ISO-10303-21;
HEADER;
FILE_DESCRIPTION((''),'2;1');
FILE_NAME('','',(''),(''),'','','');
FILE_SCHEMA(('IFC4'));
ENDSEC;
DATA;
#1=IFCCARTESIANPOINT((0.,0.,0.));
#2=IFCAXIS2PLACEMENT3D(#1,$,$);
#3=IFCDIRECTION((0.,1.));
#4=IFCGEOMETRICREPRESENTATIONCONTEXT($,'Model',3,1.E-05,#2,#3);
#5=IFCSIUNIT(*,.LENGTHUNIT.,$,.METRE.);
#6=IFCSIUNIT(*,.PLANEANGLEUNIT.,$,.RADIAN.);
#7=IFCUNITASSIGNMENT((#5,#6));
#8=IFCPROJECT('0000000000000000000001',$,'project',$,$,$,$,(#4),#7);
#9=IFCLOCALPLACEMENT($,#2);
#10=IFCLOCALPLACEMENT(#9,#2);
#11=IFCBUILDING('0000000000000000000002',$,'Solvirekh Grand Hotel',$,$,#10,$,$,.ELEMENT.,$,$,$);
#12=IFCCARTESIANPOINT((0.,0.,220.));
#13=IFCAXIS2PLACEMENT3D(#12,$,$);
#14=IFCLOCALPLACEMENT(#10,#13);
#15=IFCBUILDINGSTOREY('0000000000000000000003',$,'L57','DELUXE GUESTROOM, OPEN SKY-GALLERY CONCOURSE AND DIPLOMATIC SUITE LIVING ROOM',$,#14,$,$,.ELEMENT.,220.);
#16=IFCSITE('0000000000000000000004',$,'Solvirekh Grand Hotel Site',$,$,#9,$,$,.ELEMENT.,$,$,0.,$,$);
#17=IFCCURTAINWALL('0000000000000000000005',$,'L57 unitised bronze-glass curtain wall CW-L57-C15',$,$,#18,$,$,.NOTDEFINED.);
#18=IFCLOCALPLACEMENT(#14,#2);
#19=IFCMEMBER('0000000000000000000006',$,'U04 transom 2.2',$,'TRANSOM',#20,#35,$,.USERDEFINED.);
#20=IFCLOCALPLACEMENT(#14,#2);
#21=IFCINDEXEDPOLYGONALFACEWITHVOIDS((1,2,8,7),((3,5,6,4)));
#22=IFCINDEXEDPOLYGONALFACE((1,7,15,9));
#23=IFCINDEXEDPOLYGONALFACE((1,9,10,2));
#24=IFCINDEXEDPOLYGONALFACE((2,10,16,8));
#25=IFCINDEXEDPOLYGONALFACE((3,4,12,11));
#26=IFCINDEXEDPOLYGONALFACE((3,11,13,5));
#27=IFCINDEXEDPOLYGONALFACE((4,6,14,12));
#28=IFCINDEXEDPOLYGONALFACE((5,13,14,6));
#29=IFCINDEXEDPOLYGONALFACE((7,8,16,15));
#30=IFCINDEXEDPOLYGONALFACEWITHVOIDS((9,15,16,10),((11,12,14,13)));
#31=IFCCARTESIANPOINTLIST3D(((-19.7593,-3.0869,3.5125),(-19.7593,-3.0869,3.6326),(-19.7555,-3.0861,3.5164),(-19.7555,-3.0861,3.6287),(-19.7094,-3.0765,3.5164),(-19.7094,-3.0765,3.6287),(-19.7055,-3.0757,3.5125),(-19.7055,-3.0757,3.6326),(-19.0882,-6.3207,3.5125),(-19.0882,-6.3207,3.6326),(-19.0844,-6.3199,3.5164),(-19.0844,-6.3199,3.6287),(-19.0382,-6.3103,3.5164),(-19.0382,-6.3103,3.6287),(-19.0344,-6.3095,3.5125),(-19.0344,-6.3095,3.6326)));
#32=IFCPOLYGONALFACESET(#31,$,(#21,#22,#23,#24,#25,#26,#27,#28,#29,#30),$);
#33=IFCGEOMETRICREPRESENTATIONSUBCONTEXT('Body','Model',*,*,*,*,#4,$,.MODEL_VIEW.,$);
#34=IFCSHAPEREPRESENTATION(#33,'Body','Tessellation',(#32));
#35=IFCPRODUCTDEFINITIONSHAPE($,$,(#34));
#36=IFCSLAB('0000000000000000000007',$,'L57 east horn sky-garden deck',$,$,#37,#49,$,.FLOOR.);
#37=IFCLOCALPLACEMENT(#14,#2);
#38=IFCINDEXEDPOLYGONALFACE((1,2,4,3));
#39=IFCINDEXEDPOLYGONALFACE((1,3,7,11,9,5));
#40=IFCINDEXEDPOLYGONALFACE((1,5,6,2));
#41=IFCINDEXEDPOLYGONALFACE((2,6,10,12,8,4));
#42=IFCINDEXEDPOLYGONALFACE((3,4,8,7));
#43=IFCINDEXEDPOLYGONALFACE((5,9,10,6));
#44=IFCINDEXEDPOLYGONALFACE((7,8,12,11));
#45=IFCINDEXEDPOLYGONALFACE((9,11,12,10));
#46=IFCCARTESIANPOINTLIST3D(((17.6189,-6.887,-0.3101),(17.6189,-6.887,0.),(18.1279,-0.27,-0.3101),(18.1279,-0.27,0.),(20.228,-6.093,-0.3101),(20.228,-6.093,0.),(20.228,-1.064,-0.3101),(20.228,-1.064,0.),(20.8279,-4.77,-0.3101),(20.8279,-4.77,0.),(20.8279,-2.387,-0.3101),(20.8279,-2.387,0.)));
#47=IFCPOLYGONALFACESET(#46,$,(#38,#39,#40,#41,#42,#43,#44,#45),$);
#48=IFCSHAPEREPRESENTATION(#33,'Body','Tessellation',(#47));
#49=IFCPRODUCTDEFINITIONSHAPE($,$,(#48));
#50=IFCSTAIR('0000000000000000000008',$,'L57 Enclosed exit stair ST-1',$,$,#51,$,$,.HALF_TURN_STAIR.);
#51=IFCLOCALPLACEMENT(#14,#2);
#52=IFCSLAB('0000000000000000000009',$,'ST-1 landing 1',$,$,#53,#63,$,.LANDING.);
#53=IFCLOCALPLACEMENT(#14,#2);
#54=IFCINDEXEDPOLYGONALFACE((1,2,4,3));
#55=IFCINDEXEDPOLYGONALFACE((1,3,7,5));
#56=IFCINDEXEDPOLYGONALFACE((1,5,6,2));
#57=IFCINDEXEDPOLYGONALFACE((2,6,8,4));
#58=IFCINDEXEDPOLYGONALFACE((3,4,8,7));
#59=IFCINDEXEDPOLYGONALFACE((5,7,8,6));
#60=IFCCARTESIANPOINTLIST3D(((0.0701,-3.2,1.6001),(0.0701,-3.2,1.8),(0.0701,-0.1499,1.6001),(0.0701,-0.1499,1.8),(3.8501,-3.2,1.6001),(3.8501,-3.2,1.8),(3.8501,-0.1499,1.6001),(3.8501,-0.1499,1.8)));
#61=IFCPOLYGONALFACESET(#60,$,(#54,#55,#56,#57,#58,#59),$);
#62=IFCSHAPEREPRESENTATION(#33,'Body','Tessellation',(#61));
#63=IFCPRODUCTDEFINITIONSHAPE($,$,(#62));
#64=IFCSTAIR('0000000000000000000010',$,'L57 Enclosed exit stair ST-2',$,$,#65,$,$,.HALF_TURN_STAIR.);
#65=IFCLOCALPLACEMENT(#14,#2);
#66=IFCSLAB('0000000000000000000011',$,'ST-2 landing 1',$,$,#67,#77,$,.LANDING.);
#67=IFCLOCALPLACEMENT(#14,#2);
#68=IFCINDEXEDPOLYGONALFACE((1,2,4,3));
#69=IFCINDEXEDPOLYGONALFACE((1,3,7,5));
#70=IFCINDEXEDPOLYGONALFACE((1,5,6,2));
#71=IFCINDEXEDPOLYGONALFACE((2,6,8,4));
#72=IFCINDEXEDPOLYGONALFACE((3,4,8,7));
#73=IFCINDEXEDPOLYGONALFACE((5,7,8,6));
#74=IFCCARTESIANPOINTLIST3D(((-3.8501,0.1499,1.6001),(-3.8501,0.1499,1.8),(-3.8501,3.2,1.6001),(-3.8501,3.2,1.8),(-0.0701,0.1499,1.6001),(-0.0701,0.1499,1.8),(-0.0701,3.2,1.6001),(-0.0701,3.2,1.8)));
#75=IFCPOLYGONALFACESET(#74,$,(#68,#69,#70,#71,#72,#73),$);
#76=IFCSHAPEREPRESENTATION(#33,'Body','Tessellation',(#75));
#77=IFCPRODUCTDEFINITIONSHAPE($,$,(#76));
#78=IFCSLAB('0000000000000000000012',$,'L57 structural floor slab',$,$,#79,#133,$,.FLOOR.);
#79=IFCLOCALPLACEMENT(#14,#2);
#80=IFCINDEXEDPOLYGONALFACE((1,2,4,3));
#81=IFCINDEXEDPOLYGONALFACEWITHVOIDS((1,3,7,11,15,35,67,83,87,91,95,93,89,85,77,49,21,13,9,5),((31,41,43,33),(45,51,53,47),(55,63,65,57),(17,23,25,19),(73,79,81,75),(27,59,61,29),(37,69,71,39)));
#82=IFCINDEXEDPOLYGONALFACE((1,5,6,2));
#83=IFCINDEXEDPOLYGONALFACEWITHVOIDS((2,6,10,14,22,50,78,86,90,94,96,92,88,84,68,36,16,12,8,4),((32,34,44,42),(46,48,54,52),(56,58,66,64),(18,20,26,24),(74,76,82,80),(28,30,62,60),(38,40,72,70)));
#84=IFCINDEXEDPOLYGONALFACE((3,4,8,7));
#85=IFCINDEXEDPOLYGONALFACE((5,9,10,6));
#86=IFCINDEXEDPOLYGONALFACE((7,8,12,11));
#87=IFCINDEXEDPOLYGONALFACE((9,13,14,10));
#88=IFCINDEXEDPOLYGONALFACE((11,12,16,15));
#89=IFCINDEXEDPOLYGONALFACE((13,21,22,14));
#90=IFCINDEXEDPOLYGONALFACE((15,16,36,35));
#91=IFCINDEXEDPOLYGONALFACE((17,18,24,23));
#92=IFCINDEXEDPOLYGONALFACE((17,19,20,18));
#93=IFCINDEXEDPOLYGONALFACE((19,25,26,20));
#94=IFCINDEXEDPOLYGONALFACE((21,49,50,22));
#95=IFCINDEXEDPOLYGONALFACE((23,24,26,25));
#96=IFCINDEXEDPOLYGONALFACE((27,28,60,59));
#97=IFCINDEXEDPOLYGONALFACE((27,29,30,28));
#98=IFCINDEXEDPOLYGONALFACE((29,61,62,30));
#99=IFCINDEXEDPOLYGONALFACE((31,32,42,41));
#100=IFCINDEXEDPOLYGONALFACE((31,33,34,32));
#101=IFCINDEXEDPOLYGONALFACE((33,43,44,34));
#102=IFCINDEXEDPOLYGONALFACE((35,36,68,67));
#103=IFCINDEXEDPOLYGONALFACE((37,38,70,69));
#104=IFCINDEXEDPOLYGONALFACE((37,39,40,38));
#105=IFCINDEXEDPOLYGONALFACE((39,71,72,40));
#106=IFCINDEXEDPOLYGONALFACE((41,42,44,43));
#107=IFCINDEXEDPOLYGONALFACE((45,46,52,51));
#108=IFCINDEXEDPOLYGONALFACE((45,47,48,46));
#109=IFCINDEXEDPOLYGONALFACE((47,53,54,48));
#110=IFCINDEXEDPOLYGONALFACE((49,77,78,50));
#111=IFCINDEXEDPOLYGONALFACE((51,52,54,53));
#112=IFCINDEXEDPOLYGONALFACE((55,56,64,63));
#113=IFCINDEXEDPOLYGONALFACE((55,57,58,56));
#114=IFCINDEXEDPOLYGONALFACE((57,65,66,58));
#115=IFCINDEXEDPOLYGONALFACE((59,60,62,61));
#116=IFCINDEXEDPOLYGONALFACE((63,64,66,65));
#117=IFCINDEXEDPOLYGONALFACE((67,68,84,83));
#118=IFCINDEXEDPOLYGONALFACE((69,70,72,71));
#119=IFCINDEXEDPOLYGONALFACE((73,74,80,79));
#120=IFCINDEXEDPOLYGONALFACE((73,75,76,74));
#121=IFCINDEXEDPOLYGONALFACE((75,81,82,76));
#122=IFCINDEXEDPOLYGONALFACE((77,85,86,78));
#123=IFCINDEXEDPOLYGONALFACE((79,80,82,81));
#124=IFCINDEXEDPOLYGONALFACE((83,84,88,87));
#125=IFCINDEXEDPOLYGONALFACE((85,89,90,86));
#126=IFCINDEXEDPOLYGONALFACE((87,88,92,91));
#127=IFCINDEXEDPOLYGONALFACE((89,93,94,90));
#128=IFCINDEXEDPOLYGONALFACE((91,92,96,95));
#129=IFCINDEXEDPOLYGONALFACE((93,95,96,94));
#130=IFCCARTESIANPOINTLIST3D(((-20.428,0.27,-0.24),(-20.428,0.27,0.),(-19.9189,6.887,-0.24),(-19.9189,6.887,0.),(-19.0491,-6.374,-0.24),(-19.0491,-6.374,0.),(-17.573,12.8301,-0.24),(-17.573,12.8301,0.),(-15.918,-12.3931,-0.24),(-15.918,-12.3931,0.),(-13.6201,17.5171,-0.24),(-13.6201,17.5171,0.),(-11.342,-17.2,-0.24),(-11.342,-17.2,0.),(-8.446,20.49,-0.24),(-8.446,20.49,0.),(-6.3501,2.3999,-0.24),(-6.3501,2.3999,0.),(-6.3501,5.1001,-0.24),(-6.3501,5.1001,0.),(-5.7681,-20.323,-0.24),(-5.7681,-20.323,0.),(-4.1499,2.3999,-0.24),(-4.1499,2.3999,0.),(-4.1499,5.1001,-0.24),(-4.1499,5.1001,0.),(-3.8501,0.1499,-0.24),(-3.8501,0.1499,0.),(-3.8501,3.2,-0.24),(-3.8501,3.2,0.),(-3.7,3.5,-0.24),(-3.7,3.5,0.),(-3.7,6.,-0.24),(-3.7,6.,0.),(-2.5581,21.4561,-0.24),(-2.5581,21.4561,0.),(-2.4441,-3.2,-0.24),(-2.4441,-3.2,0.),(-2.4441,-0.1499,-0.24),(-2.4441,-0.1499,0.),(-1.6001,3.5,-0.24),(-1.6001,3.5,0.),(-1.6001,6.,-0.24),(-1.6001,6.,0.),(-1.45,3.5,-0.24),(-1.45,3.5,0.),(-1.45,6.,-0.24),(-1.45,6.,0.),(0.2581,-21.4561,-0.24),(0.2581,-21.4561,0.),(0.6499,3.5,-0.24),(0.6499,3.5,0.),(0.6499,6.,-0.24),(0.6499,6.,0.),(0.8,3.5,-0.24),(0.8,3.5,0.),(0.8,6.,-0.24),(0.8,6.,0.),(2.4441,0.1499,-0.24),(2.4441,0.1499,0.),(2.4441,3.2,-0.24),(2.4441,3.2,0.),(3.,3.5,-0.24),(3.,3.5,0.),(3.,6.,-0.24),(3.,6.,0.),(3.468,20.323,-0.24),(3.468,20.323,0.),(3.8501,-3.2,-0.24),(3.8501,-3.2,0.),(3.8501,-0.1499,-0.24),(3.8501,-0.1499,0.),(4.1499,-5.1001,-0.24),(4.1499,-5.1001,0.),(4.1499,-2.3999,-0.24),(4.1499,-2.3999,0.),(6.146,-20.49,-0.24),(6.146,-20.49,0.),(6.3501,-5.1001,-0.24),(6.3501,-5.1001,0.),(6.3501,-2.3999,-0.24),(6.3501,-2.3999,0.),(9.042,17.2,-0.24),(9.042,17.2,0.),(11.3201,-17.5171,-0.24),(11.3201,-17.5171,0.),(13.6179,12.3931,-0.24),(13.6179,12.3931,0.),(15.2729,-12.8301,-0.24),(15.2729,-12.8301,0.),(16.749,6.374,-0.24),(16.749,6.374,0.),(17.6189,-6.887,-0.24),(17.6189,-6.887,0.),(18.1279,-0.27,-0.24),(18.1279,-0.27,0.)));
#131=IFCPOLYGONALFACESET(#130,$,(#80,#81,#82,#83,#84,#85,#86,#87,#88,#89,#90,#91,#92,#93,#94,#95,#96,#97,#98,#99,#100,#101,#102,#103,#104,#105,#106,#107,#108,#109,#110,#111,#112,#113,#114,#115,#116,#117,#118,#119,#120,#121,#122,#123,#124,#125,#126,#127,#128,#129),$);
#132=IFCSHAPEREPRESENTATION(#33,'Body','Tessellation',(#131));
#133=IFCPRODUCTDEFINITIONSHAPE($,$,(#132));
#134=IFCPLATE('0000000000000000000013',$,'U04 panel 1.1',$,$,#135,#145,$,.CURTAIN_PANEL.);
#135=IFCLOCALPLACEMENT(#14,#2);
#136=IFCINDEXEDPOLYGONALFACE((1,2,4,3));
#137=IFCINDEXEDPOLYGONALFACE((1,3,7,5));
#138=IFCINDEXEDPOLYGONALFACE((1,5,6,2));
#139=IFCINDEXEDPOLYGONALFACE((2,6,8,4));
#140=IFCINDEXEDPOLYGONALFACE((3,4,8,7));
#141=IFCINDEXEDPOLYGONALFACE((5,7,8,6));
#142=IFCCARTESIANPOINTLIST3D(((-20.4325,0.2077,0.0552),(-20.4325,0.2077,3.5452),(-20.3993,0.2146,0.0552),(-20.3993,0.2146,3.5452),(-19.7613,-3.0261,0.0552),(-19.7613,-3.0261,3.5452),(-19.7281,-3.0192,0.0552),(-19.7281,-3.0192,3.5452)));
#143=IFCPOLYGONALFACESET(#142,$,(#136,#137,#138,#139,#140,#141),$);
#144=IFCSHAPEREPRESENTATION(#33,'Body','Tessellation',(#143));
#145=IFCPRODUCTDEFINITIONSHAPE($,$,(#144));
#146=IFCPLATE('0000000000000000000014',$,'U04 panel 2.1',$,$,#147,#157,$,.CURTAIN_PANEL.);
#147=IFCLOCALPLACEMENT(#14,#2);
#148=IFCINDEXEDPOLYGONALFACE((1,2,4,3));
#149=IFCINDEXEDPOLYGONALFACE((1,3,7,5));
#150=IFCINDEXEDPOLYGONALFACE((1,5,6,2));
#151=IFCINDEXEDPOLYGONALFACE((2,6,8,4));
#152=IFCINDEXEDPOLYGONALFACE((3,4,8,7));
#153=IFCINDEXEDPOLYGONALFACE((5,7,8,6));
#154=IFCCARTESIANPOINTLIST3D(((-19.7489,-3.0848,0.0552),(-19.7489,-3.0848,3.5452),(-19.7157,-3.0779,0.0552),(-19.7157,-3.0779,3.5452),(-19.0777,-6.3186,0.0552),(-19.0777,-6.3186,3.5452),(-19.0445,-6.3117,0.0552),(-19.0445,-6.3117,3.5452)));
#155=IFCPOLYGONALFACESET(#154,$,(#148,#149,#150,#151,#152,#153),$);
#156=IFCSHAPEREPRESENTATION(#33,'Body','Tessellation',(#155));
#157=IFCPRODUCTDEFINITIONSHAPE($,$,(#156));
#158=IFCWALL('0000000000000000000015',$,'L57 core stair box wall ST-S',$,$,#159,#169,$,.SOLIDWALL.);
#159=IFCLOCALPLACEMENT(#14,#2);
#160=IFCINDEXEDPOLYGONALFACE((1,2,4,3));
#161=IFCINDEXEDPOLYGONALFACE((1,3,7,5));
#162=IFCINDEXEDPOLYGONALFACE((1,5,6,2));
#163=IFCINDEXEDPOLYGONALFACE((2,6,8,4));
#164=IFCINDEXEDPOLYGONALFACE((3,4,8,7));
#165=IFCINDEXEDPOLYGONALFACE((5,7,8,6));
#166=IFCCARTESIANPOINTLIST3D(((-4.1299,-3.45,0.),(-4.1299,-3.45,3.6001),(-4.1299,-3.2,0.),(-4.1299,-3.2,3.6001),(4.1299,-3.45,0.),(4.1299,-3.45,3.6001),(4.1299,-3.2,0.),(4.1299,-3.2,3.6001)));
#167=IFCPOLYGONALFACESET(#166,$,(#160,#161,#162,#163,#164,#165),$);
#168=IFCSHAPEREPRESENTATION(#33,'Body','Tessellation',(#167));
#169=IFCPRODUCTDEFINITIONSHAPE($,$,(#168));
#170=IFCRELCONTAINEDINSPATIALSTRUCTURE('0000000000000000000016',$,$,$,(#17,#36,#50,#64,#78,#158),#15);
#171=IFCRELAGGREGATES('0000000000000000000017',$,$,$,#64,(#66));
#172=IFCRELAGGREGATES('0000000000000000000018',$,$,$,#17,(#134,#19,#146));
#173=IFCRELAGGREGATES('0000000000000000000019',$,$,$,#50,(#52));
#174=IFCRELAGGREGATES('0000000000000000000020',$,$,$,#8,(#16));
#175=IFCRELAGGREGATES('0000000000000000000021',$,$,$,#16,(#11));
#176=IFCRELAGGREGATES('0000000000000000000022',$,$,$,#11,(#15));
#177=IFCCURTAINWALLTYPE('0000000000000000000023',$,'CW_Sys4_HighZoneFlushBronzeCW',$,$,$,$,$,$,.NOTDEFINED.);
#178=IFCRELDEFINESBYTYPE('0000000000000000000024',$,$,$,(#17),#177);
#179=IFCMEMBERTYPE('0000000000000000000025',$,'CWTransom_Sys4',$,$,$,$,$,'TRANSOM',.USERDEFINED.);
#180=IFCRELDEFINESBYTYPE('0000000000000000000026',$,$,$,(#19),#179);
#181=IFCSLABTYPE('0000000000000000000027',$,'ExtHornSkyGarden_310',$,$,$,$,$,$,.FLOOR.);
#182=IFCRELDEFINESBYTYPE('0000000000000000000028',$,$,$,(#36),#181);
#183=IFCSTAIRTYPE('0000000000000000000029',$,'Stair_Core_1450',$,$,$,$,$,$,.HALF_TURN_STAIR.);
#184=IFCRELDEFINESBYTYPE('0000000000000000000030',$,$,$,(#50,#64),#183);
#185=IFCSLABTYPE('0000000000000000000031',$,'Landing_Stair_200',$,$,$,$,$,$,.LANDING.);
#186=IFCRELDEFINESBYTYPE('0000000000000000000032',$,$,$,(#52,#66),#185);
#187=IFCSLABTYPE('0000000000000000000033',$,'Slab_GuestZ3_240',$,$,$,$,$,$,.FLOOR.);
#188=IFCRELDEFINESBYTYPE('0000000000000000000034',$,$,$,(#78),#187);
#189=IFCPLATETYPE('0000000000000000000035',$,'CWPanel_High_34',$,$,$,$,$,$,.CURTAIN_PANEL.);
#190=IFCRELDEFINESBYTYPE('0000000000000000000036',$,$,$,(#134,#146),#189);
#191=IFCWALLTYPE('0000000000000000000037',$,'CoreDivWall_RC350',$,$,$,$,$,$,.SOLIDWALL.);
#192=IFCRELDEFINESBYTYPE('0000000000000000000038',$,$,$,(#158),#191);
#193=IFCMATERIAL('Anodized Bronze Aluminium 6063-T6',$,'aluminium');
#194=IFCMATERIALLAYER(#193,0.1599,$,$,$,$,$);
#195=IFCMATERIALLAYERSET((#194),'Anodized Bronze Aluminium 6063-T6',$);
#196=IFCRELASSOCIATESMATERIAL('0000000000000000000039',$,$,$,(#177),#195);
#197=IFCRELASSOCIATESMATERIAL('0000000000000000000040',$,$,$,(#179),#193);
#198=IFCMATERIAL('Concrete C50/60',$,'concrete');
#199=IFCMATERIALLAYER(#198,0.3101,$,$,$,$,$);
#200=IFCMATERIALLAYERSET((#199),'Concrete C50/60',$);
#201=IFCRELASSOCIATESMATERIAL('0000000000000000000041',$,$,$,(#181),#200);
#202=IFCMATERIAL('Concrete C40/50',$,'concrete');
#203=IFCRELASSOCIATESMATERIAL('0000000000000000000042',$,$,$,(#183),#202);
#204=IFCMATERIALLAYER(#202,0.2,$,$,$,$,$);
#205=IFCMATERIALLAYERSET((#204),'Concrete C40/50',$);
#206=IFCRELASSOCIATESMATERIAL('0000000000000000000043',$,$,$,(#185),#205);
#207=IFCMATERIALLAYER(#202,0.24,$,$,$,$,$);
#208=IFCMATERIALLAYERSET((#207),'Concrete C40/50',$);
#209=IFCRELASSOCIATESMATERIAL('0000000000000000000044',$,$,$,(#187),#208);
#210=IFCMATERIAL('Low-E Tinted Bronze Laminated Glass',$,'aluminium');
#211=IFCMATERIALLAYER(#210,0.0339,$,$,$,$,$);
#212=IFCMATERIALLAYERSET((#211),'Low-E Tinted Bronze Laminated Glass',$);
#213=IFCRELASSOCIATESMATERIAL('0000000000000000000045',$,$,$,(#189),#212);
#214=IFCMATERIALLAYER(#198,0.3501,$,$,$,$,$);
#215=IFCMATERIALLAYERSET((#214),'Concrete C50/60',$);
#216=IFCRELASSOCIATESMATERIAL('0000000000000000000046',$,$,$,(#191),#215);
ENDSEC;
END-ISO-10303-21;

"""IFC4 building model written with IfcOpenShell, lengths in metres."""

from ifc_helpers import new_model, si_unit, direction, frame, frame_2d, origin, origin_2d, place, context, subcontext, project, spatial, polyline, rectangle, hollow_rectangle, outline, extrude, source, transform, mapped, material, layer, layer_set, material_profile, profile_set, type_object, element, aggregate, save


model = new_model("IFC4")

# Units and contexts
model_context = context("Model", 3, precision=1e-05, world=origin(), true_north=direction((0.0, 1.0)))
body_context = subcontext(model_context, "Body", "Model", "MODEL_VIEW")
ifc_project = project(units=[si_unit("LENGTHUNIT", "METRE"), si_unit("PLANEANGLEUNIT", "RADIAN")], contexts=[model_context])

# Site, building, storey
site_placement = place(None, origin())
site = spatial("IfcSite", under=ifc_project, at=site_placement, Name="Solvirekh Grand Hotel Site", CompositionType="ELEMENT", RefElevation=0.0)
building_placement = place(site_placement, origin())
building = spatial("IfcBuilding", under=site, at=building_placement, Name="Solvirekh Grand Hotel", CompositionType="ELEMENT")
storey_placement = place(building_placement, frame((0.0, 0.0, 220.0)))
storey = spatial("IfcBuildingStorey", under=building, at=storey_placement, Name="L57", Description="DELUXE GUESTROOM, OPEN SKY-GALLERY CONCOURSE AND DIPLOMATIC SUITE LIVING ROOM", CompositionType="ELEMENT", Elevation=220.0)

# Shared definitions
ifc_material_1 = material(Name="Concrete C50/60", Category="concrete")

# Curtain wall, member
ifc_material_2 = material(Name="Anodized Bronze Aluminium 6063-T6", Category="aluminium")
ifc_layer_1 = layer(ifc_material_2, 0.1599)
ifc_layer_set_1 = layer_set([ifc_layer_1], Name="Anodized Bronze Aluminium 6063-T6")
curtain_wall_type = type_object("IfcCurtainWallType", Name="CW_Sys4_HighZoneFlushBronzeCW", PredefinedType="NOTDEFINED", material=ifc_layer_set_1)
curtain_wall_placement = place(storey_placement, origin())
curtain_wall = element("IfcCurtainWall", 1, at=curtain_wall_placement, inside=storey, type_object=curtain_wall_type, Name="L57 unitised bronze-glass curtain wall CW-L57-C15", PredefinedType="NOTDEFINED")
ifc_material_profile_1 = material_profile(ifc_material_2, hollow_rectangle(XDim=0.0549, YDim=0.1201, WallThickness=0.0039, at=origin_2d()), Name="ALU RHS 120X55X4")
ifc_profile_set_1 = profile_set([ifc_material_profile_1], Name="Anodized Bronze Aluminium 6063-T6")
member_type_1 = type_object("IfcMemberType", Name="CWTransom_Sys4", ElementType="TRANSOM", PredefinedType="USERDEFINED", material=ifc_profile_set_1)
shared_shape_1 = source(origin(), body_context, "Body", "SweptSolid", [
    extrude(hollow_rectangle(XDim=0.0549, YDim=0.1201, WallThickness=0.0039, at=origin_2d()), origin(), (0.0, 0.0, 1.0), 3.3027),
])
member_1_placement = place(storey_placement, frame((-19.7324, -3.0813, 3.5725), z_axis=(0.203204, -0.979136, 0.0), x_axis=(0.979136, 0.203204, 0.0)))
member_1 = element("IfcMember", 2, at=member_1_placement, type_object=member_type_1, Name="U04 transom 2.2", ObjectType="TRANSOM", PredefinedType="USERDEFINED", context=body_context, shape_type="MappedRepresentation", body=[
    mapped(shared_shape_1, transform((0.0, 0.0, 0.0), x_axis=(1.0, 0.0, 0.0), y_axis=(0.0, 1.0, 0.0), z_axis=(0.0, 0.0, 1.0), scale=1.0)),
])

# Slab
ifc_layer_2 = layer(ifc_material_1, 0.3101)
ifc_layer_set_2 = layer_set([ifc_layer_2], Name="Concrete C50/60")
slab_type_1 = type_object("IfcSlabType", Name="ExtHornSkyGarden_310", PredefinedType="FLOOR", material=ifc_layer_set_2)
slab_1_placement = place(storey_placement, frame((0.0, 0.0, -0.3101)))
element("IfcSlab", 3, at=slab_1_placement, inside=storey, type_object=slab_type_1, Name="L57 east horn sky-garden deck", PredefinedType="FLOOR", context=body_context, shape_type="SweptSolid", body=[
    extrude(outline(polyline([(18.1279, -0.27), (17.6189, -6.887), (20.228, -6.093), (20.8279, -4.77), (20.8279, -2.387), (20.228, -1.064), (18.1279, -0.27)])), origin(), (0.0, 0.0, 1.0), 0.3101),
])

# Stairs, slabs
ifc_material_3 = material(Name="Concrete C40/50", Category="concrete")
stair_type = type_object("IfcStairType", Name="Stair_Core_1450", PredefinedType="HALF_TURN_STAIR", material=ifc_material_3)
stair_1_placement = place(storey_placement, origin())
stair_1 = element("IfcStair", 4, at=stair_1_placement, inside=storey, type_object=stair_type, Name="L57 Enclosed exit stair ST-1", PredefinedType="HALF_TURN_STAIR")
ifc_layer_3 = layer(ifc_material_3, 0.2)
ifc_layer_set_3 = layer_set([ifc_layer_3], Name="Concrete C40/50")
slab_type_2 = type_object("IfcSlabType", Name="Landing_Stair_200", PredefinedType="LANDING", material=ifc_layer_set_3)
slab_2_placement = place(storey_placement, frame((0.0, 0.0, 1.6001)))
slab_2 = element("IfcSlab", 5, at=slab_2_placement, type_object=slab_type_2, Name="ST-1 landing 1", PredefinedType="LANDING", context=body_context, shape_type="SweptSolid", body=[
    extrude(outline(polyline([(0.0701, -3.2), (3.8501, -3.2), (3.8501, -0.1499), (0.0701, -0.1499), (0.0701, -3.2)])), origin(), (0.0, 0.0, 1.0), 0.2),
])
stair_2_placement = place(storey_placement, origin())
stair_2 = element("IfcStair", 6, at=stair_2_placement, inside=storey, type_object=stair_type, Name="L57 Enclosed exit stair ST-2", PredefinedType="HALF_TURN_STAIR")
slab_3_placement = place(storey_placement, frame((0.0, 0.0, 1.6001)))
slab_3 = element("IfcSlab", 7, at=slab_3_placement, type_object=slab_type_2, Name="ST-2 landing 1", PredefinedType="LANDING", context=body_context, shape_type="SweptSolid", body=[
    extrude(outline(polyline([(-0.0701, 3.2), (-3.8501, 3.2), (-3.8501, 0.1499), (-0.0701, 0.1499), (-0.0701, 3.2)])), origin(), (0.0, 0.0, 1.0), 0.2),
])
aggregate(stair_2, [slab_3])

# Slab
ifc_layer_4 = layer(ifc_material_3, 0.24)
ifc_layer_set_4 = layer_set([ifc_layer_4], Name="Concrete C40/50")
slab_type_3 = type_object("IfcSlabType", Name="Slab_GuestZ3_240", PredefinedType="FLOOR", material=ifc_layer_set_4)
slab_4_placement = place(storey_placement, frame((0.0, 0.0, -0.24)))
element("IfcSlab", 8, at=slab_4_placement, inside=storey, type_object=slab_type_3, Name="L57 structural floor slab", PredefinedType="FLOOR", context=body_context, shape_type="SweptSolid", body=[
    extrude(outline(polyline([(6.146, -20.49), (11.3201, -17.5171), (15.2729, -12.8301), (17.6189, -6.887), (18.1279, -0.27), (16.749, 6.374), (13.6179, 12.3931), (9.042, 17.2), (3.468, 20.323), (-2.5581, 21.4561), (-8.446, 20.49), (-13.6201, 17.5171), (-17.573, 12.8301), (-19.9189, 6.887), (-20.428, 0.27), (-19.0491, -6.374), (-15.918, -12.3931), (-11.342, -17.2), (-5.7681, -20.323), (0.2581, -21.4561), (6.146, -20.49)]), holes=[polyline([(-2.4441, -0.1499), (3.8501, -0.1499), (3.8501, -3.2), (-2.4441, -3.2), (-2.4441, -0.1499)]), polyline([(2.4441, 0.1499), (-3.8501, 0.1499), (-3.8501, 3.2), (2.4441, 3.2), (2.4441, 0.1499)]), polyline([(-3.7, 6.0), (-1.6001, 6.0), (-1.6001, 3.5), (-3.7, 3.5), (-3.7, 6.0)]), polyline([(-1.45, 6.0), (0.6499, 6.0), (0.6499, 3.5), (-1.45, 3.5), (-1.45, 6.0)]), polyline([(0.8, 6.0), (3.0, 6.0), (3.0, 3.5), (0.8, 3.5), (0.8, 6.0)]), polyline([(-6.3501, 5.1001), (-4.1499, 5.1001), (-4.1499, 2.3999), (-6.3501, 2.3999), (-6.3501, 5.1001)]), polyline([(4.1499, -2.3999), (6.3501, -2.3999), (6.3501, -5.1001), (4.1499, -5.1001), (4.1499, -2.3999)])]), origin(), (0.0, 0.0, 1.0), 0.24),
])

# Plates
ifc_material_4 = material(Name="Low-E Tinted Bronze Laminated Glass", Category="aluminium")
ifc_layer_5 = layer(ifc_material_4, 0.0339)
ifc_layer_set_5 = layer_set([ifc_layer_5], Name="Low-E Tinted Bronze Laminated Glass")
plate_type = type_object("IfcPlateType", Name="CWPanel_High_34", PredefinedType="CURTAIN_PANEL", material=ifc_layer_set_5)
shared_shape_2 = source(origin(), body_context, "Body", "SweptSolid", [
    extrude(rectangle(XDim=3.3027, YDim=0.0339, at=origin_2d()), origin(), (0.0, 0.0, 1.0), 3.49),
])
plate_1_placement = place(storey_placement, frame((-20.0803, -1.4058, 0.0552), z_axis=(0.0, 0.0, 1.0), x_axis=(0.203224, -0.979132, 0.0)))
plate_1 = element("IfcPlate", 9, at=plate_1_placement, type_object=plate_type, Name="U04 panel 1.1", PredefinedType="CURTAIN_PANEL", context=body_context, shape_type="MappedRepresentation", body=[
    mapped(shared_shape_2, transform((0.0, 0.0, 0.0), x_axis=(1.0, 0.0, 0.0), y_axis=(0.0, 1.0, 0.0), z_axis=(0.0, 0.0, 1.0), scale=1.0)),
])
plate_2_placement = place(storey_placement, frame((-19.3967, -4.6982, 0.0552), z_axis=(0.0, 0.0, 1.0), x_axis=(0.203224, -0.979132, 0.0)))
plate_2 = element("IfcPlate", 10, at=plate_2_placement, type_object=plate_type, Name="U04 panel 2.1", PredefinedType="CURTAIN_PANEL", context=body_context, shape_type="MappedRepresentation", body=[
    mapped(shared_shape_2, transform((0.0, 0.0, 0.0), x_axis=(1.0, 0.0, 0.0), y_axis=(0.0, 1.0, 0.0), z_axis=(0.0, 0.0, 1.0), scale=1.0)),
])
aggregate(curtain_wall, [plate_1, member_1, plate_2])

# Wall
ifc_layer_6 = layer(ifc_material_1, 0.3501)
ifc_layer_set_6 = layer_set([ifc_layer_6], Name="Concrete C50/60")
wall_type_1 = type_object("IfcWallType", Name="CoreDivWall_RC350", PredefinedType="SOLIDWALL", material=ifc_layer_set_6)
wall_1_placement = place(storey_placement, frame((-4.1299, -3.325, 0.0), z_axis=(0.0, 0.0, 1.0), x_axis=(1.0, 0.0, 0.0)))
element("IfcWall", 11, at=wall_1_placement, inside=storey, type_object=wall_type_1, Name="L57 core stair box wall ST-S", PredefinedType="SOLIDWALL", context=body_context, shape_type="SweptSolid", body=[
    extrude(rectangle(XDim=8.2598, YDim=0.25, at=frame_2d((4.1299, 0.0))), origin(), (0.0, 0.0, 1.0), 3.6001),
])

aggregate(stair_1, [slab_2])

save(model, "model.ifc")
